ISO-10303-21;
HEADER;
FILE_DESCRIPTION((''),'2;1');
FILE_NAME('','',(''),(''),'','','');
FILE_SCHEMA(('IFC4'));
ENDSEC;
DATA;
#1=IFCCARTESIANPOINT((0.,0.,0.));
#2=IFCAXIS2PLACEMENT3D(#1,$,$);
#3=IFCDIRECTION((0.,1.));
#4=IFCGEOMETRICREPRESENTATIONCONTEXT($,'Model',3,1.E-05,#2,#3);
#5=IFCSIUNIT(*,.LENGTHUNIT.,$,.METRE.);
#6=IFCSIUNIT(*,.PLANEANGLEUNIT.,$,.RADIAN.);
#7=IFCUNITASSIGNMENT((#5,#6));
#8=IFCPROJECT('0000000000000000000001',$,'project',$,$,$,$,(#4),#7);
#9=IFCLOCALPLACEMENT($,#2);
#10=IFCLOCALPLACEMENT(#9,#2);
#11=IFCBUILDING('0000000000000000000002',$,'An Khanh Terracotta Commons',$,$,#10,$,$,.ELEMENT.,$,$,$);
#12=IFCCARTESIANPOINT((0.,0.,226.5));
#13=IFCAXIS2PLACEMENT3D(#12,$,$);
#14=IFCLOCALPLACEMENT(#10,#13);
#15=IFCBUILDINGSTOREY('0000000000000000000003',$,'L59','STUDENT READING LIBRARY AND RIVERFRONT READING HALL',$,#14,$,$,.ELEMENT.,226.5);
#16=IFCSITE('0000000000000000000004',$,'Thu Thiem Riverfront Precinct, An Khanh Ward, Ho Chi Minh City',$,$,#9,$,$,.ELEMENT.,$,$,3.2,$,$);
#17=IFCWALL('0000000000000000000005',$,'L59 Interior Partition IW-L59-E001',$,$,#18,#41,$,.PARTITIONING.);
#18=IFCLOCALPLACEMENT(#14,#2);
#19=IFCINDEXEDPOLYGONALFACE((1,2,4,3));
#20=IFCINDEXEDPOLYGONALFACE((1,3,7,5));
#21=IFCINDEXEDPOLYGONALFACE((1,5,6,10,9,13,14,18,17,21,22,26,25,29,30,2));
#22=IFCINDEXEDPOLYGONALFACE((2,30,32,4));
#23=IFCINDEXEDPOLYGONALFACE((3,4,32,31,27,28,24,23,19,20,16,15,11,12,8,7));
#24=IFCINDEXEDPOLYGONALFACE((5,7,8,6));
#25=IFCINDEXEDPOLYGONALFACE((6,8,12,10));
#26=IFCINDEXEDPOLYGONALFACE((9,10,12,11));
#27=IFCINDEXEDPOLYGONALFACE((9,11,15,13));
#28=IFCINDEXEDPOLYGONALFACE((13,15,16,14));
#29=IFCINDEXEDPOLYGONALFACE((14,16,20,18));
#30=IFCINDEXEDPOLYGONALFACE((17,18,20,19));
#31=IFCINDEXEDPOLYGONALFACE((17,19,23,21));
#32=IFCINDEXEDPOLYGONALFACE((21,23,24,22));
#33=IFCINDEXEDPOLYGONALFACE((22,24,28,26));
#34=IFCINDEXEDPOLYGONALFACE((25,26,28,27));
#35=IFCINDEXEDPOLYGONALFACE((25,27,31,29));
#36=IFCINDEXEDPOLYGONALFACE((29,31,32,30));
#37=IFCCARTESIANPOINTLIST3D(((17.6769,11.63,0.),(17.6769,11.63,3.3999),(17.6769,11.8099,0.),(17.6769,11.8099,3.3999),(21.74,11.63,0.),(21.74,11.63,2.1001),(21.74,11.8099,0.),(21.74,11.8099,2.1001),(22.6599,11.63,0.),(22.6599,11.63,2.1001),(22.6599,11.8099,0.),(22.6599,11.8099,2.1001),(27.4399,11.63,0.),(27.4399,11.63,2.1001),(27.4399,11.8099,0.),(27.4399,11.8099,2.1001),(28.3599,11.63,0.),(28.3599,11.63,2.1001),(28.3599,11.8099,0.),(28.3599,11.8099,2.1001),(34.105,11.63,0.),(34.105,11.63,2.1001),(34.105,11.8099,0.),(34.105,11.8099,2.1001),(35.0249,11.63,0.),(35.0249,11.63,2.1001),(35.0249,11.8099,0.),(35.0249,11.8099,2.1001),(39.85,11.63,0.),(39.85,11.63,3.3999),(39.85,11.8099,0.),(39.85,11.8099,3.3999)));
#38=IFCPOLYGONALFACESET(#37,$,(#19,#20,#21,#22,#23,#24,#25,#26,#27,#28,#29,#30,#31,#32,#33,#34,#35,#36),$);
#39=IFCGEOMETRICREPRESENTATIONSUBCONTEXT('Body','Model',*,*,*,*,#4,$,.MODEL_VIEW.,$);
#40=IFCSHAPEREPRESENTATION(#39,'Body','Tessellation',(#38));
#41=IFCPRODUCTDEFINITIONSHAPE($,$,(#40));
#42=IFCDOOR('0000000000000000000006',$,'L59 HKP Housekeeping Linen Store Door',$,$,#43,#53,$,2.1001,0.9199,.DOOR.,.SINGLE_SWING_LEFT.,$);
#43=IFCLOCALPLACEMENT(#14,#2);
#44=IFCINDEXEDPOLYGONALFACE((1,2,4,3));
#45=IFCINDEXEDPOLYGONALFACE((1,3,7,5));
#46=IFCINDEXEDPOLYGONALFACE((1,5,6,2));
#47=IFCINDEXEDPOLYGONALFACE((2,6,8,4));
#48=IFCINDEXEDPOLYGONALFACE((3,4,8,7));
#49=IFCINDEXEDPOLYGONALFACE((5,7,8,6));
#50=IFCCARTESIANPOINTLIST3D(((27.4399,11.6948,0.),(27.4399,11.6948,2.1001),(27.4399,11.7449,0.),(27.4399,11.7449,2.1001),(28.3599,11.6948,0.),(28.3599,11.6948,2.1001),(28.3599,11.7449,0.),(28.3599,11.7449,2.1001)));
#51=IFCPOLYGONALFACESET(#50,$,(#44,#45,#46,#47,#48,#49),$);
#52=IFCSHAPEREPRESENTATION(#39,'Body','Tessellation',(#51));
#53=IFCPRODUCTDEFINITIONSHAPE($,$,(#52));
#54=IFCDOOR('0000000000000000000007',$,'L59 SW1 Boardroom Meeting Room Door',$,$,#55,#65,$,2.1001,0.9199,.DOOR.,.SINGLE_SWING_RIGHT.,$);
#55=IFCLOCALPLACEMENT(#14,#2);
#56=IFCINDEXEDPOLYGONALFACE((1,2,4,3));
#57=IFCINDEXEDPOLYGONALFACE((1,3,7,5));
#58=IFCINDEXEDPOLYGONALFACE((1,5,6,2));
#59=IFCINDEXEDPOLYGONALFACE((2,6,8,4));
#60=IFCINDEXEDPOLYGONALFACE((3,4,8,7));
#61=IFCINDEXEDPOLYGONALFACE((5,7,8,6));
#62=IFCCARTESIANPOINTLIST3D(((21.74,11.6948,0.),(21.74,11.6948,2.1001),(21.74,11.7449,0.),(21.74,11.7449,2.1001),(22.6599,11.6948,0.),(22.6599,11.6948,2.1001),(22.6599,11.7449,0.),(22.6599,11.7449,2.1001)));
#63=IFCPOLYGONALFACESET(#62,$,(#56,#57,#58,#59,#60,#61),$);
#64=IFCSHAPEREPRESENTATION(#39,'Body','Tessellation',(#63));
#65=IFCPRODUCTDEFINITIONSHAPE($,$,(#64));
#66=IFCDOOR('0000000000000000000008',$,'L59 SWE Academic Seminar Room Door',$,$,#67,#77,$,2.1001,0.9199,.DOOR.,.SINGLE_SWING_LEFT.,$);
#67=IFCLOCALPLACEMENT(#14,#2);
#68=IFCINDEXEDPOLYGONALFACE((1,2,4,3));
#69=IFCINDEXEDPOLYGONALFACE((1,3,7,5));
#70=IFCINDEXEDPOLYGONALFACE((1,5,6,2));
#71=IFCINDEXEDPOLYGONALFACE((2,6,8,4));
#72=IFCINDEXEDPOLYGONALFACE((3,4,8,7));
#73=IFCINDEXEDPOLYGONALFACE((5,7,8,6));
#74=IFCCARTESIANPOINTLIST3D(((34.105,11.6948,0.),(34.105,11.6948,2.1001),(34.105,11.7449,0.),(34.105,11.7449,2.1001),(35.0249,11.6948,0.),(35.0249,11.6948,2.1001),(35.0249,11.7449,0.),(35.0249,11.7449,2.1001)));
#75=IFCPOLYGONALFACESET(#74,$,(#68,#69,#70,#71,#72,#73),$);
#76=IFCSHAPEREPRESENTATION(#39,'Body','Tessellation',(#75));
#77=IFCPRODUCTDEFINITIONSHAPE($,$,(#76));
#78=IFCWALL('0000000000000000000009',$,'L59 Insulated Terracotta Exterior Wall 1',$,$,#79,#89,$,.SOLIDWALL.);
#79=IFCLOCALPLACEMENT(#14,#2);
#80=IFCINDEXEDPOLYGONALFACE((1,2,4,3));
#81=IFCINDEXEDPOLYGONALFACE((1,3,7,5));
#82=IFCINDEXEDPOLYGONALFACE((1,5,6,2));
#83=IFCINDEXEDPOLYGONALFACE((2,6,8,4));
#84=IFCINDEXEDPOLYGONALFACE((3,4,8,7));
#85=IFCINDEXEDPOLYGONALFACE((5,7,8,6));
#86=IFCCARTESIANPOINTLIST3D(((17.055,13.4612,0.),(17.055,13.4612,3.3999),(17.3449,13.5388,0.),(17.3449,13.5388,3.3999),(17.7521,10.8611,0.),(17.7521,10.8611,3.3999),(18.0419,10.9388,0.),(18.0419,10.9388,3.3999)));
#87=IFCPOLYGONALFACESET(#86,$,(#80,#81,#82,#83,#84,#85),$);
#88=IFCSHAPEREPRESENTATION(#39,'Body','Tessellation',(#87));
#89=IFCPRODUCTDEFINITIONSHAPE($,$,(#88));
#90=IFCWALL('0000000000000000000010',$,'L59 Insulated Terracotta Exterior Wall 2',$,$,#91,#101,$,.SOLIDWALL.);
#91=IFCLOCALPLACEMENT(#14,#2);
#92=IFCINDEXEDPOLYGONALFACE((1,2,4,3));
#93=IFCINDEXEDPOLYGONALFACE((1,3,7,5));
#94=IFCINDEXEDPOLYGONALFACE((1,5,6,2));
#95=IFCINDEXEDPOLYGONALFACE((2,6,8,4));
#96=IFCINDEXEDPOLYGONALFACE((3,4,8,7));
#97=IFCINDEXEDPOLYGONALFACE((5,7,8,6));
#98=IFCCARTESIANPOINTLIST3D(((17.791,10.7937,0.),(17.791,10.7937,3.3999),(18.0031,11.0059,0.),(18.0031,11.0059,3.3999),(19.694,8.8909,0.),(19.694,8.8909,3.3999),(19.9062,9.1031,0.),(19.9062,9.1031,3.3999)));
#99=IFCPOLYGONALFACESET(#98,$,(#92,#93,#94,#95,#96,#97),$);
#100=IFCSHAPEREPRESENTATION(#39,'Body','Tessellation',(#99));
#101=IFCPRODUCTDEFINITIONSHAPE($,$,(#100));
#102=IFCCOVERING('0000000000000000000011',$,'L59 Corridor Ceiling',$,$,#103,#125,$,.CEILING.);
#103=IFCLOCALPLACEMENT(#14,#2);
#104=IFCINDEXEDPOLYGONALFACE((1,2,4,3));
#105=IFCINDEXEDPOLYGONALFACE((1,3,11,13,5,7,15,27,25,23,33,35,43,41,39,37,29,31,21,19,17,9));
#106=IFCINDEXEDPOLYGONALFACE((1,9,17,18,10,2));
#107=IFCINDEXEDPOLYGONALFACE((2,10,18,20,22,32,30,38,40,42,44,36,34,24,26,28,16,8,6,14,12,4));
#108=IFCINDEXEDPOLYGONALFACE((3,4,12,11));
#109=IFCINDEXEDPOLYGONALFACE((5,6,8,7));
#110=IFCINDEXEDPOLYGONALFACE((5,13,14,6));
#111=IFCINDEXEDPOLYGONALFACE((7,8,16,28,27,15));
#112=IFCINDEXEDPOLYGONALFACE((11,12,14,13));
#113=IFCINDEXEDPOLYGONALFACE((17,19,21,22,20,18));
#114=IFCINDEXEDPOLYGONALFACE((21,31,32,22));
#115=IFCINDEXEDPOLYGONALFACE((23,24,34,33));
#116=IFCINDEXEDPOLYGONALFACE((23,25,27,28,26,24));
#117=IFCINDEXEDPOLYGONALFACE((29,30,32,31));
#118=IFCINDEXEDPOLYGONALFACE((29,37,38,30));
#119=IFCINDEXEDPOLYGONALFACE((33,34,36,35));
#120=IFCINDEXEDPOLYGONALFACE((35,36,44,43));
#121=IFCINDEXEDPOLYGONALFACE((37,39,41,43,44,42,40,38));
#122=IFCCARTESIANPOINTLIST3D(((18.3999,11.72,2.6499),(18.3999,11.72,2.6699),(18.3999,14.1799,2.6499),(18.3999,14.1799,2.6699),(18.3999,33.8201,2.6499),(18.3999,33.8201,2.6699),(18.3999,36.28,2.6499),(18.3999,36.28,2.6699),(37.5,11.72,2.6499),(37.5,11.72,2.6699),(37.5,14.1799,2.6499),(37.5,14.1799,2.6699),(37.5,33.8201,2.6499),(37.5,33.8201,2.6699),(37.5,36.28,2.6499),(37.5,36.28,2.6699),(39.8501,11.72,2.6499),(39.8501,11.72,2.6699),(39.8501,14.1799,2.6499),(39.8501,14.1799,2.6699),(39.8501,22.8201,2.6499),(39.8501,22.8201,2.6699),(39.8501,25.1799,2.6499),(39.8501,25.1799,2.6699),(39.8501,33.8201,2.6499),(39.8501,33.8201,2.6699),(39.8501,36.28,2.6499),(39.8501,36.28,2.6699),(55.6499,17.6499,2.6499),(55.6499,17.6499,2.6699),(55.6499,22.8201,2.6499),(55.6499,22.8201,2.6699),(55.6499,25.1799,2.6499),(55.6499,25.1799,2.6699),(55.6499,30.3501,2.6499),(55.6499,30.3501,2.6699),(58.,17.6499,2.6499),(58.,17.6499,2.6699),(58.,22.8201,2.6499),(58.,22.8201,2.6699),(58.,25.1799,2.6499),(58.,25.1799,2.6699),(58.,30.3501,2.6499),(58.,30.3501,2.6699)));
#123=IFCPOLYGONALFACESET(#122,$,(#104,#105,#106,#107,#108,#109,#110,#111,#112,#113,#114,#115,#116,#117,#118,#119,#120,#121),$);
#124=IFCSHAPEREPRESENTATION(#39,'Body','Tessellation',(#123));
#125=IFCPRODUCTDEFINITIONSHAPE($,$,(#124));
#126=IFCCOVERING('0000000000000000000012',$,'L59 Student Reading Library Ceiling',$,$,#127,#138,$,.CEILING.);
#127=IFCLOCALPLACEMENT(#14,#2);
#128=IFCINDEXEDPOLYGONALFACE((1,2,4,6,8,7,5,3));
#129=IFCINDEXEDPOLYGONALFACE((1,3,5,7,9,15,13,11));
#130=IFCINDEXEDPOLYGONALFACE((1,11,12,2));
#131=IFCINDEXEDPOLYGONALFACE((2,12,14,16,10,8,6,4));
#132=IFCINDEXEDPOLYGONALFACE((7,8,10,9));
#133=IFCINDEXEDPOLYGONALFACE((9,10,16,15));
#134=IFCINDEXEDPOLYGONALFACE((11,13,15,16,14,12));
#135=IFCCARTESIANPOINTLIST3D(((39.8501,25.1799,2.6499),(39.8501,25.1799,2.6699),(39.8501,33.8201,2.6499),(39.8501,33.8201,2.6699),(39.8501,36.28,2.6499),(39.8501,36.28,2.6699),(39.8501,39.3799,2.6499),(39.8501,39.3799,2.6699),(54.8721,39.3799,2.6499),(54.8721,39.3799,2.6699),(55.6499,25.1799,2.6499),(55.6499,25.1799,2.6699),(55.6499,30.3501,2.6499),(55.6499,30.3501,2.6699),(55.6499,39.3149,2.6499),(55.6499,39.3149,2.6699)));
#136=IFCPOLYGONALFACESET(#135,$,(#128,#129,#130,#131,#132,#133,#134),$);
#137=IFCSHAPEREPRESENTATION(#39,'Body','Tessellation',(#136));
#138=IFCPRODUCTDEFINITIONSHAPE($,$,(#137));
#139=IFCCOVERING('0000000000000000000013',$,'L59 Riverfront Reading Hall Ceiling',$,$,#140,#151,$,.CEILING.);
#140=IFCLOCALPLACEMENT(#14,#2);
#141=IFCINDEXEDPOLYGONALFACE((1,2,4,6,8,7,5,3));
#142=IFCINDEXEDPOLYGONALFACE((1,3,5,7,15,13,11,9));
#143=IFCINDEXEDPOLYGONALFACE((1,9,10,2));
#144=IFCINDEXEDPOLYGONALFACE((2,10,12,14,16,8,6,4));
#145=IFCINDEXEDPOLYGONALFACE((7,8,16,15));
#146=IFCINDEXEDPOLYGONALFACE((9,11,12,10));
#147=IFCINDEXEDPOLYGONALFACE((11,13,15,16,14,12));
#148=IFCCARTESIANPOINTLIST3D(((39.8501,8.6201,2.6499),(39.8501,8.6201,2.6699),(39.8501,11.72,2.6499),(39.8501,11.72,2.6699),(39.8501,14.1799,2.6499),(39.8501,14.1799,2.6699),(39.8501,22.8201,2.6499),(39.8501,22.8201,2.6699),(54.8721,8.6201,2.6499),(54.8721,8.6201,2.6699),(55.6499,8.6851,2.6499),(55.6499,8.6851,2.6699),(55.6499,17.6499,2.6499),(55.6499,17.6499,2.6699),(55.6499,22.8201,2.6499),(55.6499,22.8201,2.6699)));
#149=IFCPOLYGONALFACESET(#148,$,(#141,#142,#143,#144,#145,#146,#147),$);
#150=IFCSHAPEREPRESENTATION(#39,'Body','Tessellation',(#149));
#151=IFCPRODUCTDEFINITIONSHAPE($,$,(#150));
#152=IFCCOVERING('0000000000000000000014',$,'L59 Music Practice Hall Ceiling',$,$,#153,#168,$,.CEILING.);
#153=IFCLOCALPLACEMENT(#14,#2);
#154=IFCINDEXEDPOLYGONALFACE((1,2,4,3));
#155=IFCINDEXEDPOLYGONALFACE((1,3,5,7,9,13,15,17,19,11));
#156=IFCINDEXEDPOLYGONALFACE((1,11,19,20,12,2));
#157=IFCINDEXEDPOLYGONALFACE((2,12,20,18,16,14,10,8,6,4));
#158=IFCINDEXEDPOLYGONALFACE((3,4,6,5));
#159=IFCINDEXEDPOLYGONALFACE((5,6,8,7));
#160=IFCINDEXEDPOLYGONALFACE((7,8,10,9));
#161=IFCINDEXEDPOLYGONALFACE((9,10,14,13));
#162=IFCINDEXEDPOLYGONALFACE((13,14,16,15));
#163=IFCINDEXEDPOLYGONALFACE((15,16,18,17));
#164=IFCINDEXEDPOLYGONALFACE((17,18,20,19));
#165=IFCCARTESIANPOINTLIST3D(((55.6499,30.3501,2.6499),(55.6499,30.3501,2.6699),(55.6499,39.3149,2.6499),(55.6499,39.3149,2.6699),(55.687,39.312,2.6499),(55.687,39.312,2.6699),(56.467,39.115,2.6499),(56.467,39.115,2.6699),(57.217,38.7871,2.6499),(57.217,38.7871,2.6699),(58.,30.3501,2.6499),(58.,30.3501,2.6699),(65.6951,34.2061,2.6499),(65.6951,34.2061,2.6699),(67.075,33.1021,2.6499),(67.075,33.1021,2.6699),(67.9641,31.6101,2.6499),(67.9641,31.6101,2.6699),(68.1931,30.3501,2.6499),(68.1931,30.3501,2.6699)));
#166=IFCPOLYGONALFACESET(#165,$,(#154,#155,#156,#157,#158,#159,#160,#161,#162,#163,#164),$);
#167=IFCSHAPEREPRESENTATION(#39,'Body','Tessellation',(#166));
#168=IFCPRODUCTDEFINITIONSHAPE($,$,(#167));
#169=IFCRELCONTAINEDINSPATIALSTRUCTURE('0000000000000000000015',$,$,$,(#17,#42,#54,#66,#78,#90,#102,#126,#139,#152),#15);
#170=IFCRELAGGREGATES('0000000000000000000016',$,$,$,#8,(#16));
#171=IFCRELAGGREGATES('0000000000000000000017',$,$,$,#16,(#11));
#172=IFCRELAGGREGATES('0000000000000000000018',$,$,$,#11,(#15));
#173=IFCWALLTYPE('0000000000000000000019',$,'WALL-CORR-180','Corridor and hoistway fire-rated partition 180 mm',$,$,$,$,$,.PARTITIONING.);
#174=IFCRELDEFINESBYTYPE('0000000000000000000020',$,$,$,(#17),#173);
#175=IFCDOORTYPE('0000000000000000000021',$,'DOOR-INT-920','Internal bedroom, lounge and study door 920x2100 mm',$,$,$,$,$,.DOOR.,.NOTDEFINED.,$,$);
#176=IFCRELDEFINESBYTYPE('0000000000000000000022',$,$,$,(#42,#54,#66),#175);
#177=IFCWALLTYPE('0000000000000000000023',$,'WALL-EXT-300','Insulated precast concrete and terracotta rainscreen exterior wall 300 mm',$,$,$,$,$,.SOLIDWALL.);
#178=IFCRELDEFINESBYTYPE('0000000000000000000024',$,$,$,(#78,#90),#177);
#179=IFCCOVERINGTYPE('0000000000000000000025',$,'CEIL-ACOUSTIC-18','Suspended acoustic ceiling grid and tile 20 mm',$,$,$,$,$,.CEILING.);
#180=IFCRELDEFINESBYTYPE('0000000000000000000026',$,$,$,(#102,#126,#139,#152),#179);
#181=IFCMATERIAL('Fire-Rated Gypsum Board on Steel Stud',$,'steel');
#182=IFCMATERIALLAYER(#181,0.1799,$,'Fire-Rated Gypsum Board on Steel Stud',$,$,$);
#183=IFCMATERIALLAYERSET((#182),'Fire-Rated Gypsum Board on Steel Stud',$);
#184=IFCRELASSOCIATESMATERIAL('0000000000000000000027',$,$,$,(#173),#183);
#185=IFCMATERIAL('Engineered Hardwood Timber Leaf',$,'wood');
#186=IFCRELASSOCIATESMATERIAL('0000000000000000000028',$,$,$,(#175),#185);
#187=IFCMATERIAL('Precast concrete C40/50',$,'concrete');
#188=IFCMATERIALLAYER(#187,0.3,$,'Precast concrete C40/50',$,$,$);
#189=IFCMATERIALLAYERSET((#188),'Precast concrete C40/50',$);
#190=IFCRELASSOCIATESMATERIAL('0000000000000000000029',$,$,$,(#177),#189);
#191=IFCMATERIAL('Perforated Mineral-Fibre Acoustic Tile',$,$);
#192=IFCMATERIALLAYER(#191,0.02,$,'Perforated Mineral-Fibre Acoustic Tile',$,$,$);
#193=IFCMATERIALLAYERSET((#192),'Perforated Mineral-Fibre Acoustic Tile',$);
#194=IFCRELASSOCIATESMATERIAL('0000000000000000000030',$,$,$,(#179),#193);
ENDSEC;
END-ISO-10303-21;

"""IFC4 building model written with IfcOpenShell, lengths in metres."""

from ifc_helpers import new_model, si_unit, direction, frame, frame_2d, origin, place, context, subcontext, project, spatial, polyline, rectangle, outline, extrude, material, layer, layer_set, type_object, element, fill, save


model = new_model("IFC4")

# Units and contexts
model_context = context("Model", 3, precision=1e-05, world=origin(), true_north=direction((0.0, 1.0)))
body_context = subcontext(model_context, "Body", "Model", "MODEL_VIEW")
ifc_project = project(units=[si_unit("LENGTHUNIT", "METRE"), si_unit("PLANEANGLEUNIT", "RADIAN")], contexts=[model_context])

# Site, building, storey
site_placement = place(None, origin())
site = spatial("IfcSite", under=ifc_project, at=site_placement, Name="Thu Thiem Riverfront Precinct, An Khanh Ward, Ho Chi Minh City", CompositionType="ELEMENT", RefElevation=3.2)
building_placement = place(site_placement, origin())
building = spatial("IfcBuilding", under=site, at=building_placement, Name="An Khanh Terracotta Commons", CompositionType="ELEMENT")
storey_placement = place(building_placement, frame((0.0, 0.0, 226.5)))
storey = spatial("IfcBuildingStorey", under=building, at=storey_placement, Name="L59", Description="STUDENT READING LIBRARY AND RIVERFRONT READING HALL", CompositionType="ELEMENT", Elevation=226.5)

# Shared definitions
ifc_material_1 = material(Name="Precast concrete C40/50", Category="concrete")

# Wall, openings, doors
ifc_material_2 = material(Name="Fire-Rated Gypsum Board on Steel Stud", Category="steel")
ifc_layer_1 = layer(ifc_material_2, 0.1799, Name="Fire-Rated Gypsum Board on Steel Stud")
ifc_layer_set_1 = layer_set([ifc_layer_1], Name="Fire-Rated Gypsum Board on Steel Stud")
wall_type_1 = type_object("IfcWallType", Name="WALL-CORR-180", Description="Corridor and hoistway fire-rated partition 180 mm", PredefinedType="PARTITIONING", material=ifc_layer_set_1)
wall_1_placement = place(storey_placement, frame((17.677, 11.72, 0.0), z_axis=(0.0, 0.0, 1.0), x_axis=(1.0, 0.0, 0.0)))
wall_1 = element("IfcWall", 1, at=wall_1_placement, inside=storey, type_object=wall_type_1, Name="L59 Interior Partition IW-L59-E001", PredefinedType="PARTITIONING", context=body_context, shape_type="SweptSolid", body=[
    extrude(rectangle(XDim=22.1731, YDim=0.1799, at=frame_2d((11.0864, 0.0))), origin(), (0.0, 0.0, 1.0), 3.3999),
])
opening_1_placement = place(wall_1_placement, frame((9.7629, 0.0, 0.0)))
opening_1 = element("IfcOpeningElement", 2, at=opening_1_placement, cuts=wall_1, PredefinedType="OPENING", context=body_context, shape_type="SweptSolid", body=[
    extrude(rectangle(XDim=0.9199, YDim=2.1001, at=frame_2d((0.46, 1.05))), frame((0.0, 0.0999, 0.0), z_axis=(0.0, -1.0, 0.0), x_axis=(1.0, 0.0, 0.0)), (0.0, 0.0, 1.0), 0.2),
])
opening_2_placement = place(wall_1_placement, frame((4.063, 0.0, 0.0)))
opening_2 = element("IfcOpeningElement", 3, at=opening_2_placement, cuts=wall_1, PredefinedType="OPENING", context=body_context, shape_type="SweptSolid", body=[
    extrude(rectangle(XDim=0.9199, YDim=2.1001, at=frame_2d((0.46, 1.05))), frame((0.0, 0.0999, 0.0), z_axis=(0.0, -1.0, 0.0), x_axis=(1.0, 0.0, 0.0)), (0.0, 0.0, 1.0), 0.2),
])
opening_3_placement = place(wall_1_placement, frame((16.428, 0.0, 0.0)))
opening_3 = element("IfcOpeningElement", 4, at=opening_3_placement, cuts=wall_1, PredefinedType="OPENING", context=body_context, shape_type="SweptSolid", body=[
    extrude(rectangle(XDim=0.9199, YDim=2.1001, at=frame_2d((0.46, 1.05))), frame((0.0, 0.0999, 0.0), z_axis=(0.0, -1.0, 0.0), x_axis=(1.0, 0.0, 0.0)), (0.0, 0.0, 1.0), 0.2),
])
ifc_material_3 = material(Name="Engineered Hardwood Timber Leaf", Category="wood")
door_type = type_object("IfcDoorType", Name="DOOR-INT-920", Description="Internal bedroom, lounge and study door 920x2100 mm", OperationType="NOTDEFINED", PredefinedType="DOOR", material=ifc_material_3)
door_1_placement = place(opening_1_placement, origin())
door_1 = element("IfcDoor", 5, at=door_1_placement, inside=storey, type_object=door_type, Name="L59 HKP Housekeeping Linen Store Door", OperationType="SINGLE_SWING_LEFT", OverallHeight=2.1001, OverallWidth=0.9199, PredefinedType="DOOR", context=body_context, shape_type="SweptSolid", body=[
    extrude(rectangle(XDim=0.9199, YDim=2.1001, at=frame_2d((0.46, 1.05))), frame((0.0, 0.0249, 0.0), z_axis=(0.0, -1.0, 0.0), x_axis=(1.0, 0.0, 0.0)), (0.0, 0.0, 1.0), 0.05),
])
fill(opening_1, door_1)
door_2_placement = place(opening_2_placement, origin())
door_2 = element("IfcDoor", 6, at=door_2_placement, inside=storey, type_object=door_type, Name="L59 SW1 Boardroom Meeting Room Door", OperationType="SINGLE_SWING_RIGHT", OverallHeight=2.1001, OverallWidth=0.9199, PredefinedType="DOOR", context=body_context, shape_type="SweptSolid", body=[
    extrude(rectangle(XDim=0.9199, YDim=2.1001, at=frame_2d((0.46, 1.05))), frame((0.0, 0.0249, 0.0), z_axis=(0.0, -1.0, 0.0), x_axis=(1.0, 0.0, 0.0)), (0.0, 0.0, 1.0), 0.05),
])
fill(opening_2, door_2)
door_3_placement = place(opening_3_placement, origin())
door_3 = element("IfcDoor", 7, at=door_3_placement, inside=storey, type_object=door_type, Name="L59 SWE Academic Seminar Room Door", OperationType="SINGLE_SWING_LEFT", OverallHeight=2.1001, OverallWidth=0.9199, PredefinedType="DOOR", context=body_context, shape_type="SweptSolid", body=[
    extrude(rectangle(XDim=0.9199, YDim=2.1001, at=frame_2d((0.46, 1.05))), frame((0.0, 0.0249, 0.0), z_axis=(0.0, -1.0, 0.0), x_axis=(1.0, 0.0, 0.0)), (0.0, 0.0, 1.0), 0.05),
])
fill(opening_3, door_3)

# Walls
ifc_layer_2 = layer(ifc_material_1, 0.3, Name="Precast concrete C40/50")
ifc_layer_set_2 = layer_set([ifc_layer_2], Name="Precast concrete C40/50")
wall_type_2 = type_object("IfcWallType", Name="WALL-EXT-300", Description="Insulated precast concrete and terracotta rainscreen exterior wall 300 mm", PredefinedType="SOLIDWALL", material=ifc_layer_set_2)
wall_2_placement = place(storey_placement, frame((17.2, 13.5, 0.0), z_axis=(0.0, 0.0, 1.0), x_axis=(0.258933, -0.965895, 0.0)))
element("IfcWall", 8, at=wall_2_placement, inside=storey, type_object=wall_type_2, Name="L59 Insulated Terracotta Exterior Wall 1", PredefinedType="SOLIDWALL", context=body_context, shape_type="SweptSolid", body=[
    extrude(rectangle(XDim=2.6919, YDim=0.3, at=frame_2d((1.3459, 0.0))), origin(), (0.0, 0.0, 1.0), 3.3999),
])
wall_3_placement = place(storey_placement, frame((17.897, 10.8999, 0.0), z_axis=(0.0, 0.0, 1.0), x_axis=(0.707152, -0.707061, 0.0)))
element("IfcWall", 9, at=wall_3_placement, inside=storey, type_object=wall_type_2, Name="L59 Insulated Terracotta Exterior Wall 2", PredefinedType="SOLIDWALL", context=body_context, shape_type="SweptSolid", body=[
    extrude(rectangle(XDim=2.6912, YDim=0.3, at=frame_2d((1.3457, 0.0))), origin(), (0.0, 0.0, 1.0), 3.3999),
])

# Coverings
ifc_material_4 = material(Name="Perforated Mineral-Fibre Acoustic Tile")
ifc_layer_3 = layer(ifc_material_4, 0.02, Name="Perforated Mineral-Fibre Acoustic Tile")
ifc_layer_set_3 = layer_set([ifc_layer_3], Name="Perforated Mineral-Fibre Acoustic Tile")
covering_type = type_object("IfcCoveringType", Name="CEIL-ACOUSTIC-18", Description="Suspended acoustic ceiling grid and tile 20 mm", PredefinedType="CEILING", material=ifc_layer_set_3)
covering_1_placement = place(storey_placement, frame((0.0, 0.0, 2.6499)))
element("IfcCovering", 10, at=covering_1_placement, inside=storey, type_object=covering_type, Name="L59 Corridor Ceiling", PredefinedType="CEILING", context=body_context, shape_type="SweptSolid", body=[
    extrude(outline(polyline([(18.3999, 11.72), (18.3999, 14.1799), (37.5, 14.1799), (37.5, 33.8201), (18.3999, 33.8201), (18.3999, 36.28), (37.5, 36.28), (39.8501, 36.28), (39.8501, 33.8201), (39.8501, 25.1799), (55.6499, 25.1799), (55.6499, 30.3501), (58.0, 30.3501), (58.0, 25.1799), (58.0, 22.8201), (58.0, 17.6499), (55.6499, 17.6499), (55.6499, 22.8201), (39.8501, 22.8201), (39.8501, 14.1799), (39.8501, 11.72), (37.5, 11.72), (18.3999, 11.72)])), origin(), (0.0, 0.0, 1.0), 0.02),
])
covering_2_placement = place(storey_placement, frame((0.0, 0.0, 2.6499)))
element("IfcCovering", 11, at=covering_2_placement, inside=storey, type_object=covering_type, Name="L59 Student Reading Library Ceiling", PredefinedType="CEILING", context=body_context, shape_type="SweptSolid", body=[
    extrude(outline(polyline([(54.8721, 39.3799), (55.6499, 39.3149), (55.6499, 30.3501), (55.6499, 25.1799), (39.8501, 25.1799), (39.8501, 33.8201), (39.8501, 36.28), (39.8501, 39.3799), (54.8721, 39.3799)])), origin(), (0.0, 0.0, 1.0), 0.02),
])
covering_3_placement = place(storey_placement, frame((0.0, 0.0, 2.6499)))
element("IfcCovering", 12, at=covering_3_placement, inside=storey, type_object=covering_type, Name="L59 Riverfront Reading Hall Ceiling", PredefinedType="CEILING", context=body_context, shape_type="SweptSolid", body=[
    extrude(outline(polyline([(54.8721, 8.6201), (39.8501, 8.6201), (39.8501, 11.72), (39.8501, 14.1799), (39.8501, 22.8201), (55.6499, 22.8201), (55.6499, 17.6499), (55.6499, 8.6851), (54.8721, 8.6201)])), origin(), (0.0, 0.0, 1.0), 0.02),
])
covering_4_placement = place(storey_placement, frame((0.0, 0.0, 2.6499)))
element("IfcCovering", 13, at=covering_4_placement, inside=storey, type_object=covering_type, Name="L59 Music Practice Hall Ceiling", PredefinedType="CEILING", context=body_context, shape_type="SweptSolid", body=[
    extrude(outline(polyline([(55.687, 39.312), (56.467, 39.115), (57.217, 38.7871), (65.6951, 34.2061), (67.075, 33.1021), (67.9641, 31.6101), (68.1931, 30.3501), (58.0, 30.3501), (55.6499, 30.3501), (55.6499, 39.3149), (55.687, 39.312)])), origin(), (0.0, 0.0, 1.0), 0.02),
])

save(model, "model.ifc")
